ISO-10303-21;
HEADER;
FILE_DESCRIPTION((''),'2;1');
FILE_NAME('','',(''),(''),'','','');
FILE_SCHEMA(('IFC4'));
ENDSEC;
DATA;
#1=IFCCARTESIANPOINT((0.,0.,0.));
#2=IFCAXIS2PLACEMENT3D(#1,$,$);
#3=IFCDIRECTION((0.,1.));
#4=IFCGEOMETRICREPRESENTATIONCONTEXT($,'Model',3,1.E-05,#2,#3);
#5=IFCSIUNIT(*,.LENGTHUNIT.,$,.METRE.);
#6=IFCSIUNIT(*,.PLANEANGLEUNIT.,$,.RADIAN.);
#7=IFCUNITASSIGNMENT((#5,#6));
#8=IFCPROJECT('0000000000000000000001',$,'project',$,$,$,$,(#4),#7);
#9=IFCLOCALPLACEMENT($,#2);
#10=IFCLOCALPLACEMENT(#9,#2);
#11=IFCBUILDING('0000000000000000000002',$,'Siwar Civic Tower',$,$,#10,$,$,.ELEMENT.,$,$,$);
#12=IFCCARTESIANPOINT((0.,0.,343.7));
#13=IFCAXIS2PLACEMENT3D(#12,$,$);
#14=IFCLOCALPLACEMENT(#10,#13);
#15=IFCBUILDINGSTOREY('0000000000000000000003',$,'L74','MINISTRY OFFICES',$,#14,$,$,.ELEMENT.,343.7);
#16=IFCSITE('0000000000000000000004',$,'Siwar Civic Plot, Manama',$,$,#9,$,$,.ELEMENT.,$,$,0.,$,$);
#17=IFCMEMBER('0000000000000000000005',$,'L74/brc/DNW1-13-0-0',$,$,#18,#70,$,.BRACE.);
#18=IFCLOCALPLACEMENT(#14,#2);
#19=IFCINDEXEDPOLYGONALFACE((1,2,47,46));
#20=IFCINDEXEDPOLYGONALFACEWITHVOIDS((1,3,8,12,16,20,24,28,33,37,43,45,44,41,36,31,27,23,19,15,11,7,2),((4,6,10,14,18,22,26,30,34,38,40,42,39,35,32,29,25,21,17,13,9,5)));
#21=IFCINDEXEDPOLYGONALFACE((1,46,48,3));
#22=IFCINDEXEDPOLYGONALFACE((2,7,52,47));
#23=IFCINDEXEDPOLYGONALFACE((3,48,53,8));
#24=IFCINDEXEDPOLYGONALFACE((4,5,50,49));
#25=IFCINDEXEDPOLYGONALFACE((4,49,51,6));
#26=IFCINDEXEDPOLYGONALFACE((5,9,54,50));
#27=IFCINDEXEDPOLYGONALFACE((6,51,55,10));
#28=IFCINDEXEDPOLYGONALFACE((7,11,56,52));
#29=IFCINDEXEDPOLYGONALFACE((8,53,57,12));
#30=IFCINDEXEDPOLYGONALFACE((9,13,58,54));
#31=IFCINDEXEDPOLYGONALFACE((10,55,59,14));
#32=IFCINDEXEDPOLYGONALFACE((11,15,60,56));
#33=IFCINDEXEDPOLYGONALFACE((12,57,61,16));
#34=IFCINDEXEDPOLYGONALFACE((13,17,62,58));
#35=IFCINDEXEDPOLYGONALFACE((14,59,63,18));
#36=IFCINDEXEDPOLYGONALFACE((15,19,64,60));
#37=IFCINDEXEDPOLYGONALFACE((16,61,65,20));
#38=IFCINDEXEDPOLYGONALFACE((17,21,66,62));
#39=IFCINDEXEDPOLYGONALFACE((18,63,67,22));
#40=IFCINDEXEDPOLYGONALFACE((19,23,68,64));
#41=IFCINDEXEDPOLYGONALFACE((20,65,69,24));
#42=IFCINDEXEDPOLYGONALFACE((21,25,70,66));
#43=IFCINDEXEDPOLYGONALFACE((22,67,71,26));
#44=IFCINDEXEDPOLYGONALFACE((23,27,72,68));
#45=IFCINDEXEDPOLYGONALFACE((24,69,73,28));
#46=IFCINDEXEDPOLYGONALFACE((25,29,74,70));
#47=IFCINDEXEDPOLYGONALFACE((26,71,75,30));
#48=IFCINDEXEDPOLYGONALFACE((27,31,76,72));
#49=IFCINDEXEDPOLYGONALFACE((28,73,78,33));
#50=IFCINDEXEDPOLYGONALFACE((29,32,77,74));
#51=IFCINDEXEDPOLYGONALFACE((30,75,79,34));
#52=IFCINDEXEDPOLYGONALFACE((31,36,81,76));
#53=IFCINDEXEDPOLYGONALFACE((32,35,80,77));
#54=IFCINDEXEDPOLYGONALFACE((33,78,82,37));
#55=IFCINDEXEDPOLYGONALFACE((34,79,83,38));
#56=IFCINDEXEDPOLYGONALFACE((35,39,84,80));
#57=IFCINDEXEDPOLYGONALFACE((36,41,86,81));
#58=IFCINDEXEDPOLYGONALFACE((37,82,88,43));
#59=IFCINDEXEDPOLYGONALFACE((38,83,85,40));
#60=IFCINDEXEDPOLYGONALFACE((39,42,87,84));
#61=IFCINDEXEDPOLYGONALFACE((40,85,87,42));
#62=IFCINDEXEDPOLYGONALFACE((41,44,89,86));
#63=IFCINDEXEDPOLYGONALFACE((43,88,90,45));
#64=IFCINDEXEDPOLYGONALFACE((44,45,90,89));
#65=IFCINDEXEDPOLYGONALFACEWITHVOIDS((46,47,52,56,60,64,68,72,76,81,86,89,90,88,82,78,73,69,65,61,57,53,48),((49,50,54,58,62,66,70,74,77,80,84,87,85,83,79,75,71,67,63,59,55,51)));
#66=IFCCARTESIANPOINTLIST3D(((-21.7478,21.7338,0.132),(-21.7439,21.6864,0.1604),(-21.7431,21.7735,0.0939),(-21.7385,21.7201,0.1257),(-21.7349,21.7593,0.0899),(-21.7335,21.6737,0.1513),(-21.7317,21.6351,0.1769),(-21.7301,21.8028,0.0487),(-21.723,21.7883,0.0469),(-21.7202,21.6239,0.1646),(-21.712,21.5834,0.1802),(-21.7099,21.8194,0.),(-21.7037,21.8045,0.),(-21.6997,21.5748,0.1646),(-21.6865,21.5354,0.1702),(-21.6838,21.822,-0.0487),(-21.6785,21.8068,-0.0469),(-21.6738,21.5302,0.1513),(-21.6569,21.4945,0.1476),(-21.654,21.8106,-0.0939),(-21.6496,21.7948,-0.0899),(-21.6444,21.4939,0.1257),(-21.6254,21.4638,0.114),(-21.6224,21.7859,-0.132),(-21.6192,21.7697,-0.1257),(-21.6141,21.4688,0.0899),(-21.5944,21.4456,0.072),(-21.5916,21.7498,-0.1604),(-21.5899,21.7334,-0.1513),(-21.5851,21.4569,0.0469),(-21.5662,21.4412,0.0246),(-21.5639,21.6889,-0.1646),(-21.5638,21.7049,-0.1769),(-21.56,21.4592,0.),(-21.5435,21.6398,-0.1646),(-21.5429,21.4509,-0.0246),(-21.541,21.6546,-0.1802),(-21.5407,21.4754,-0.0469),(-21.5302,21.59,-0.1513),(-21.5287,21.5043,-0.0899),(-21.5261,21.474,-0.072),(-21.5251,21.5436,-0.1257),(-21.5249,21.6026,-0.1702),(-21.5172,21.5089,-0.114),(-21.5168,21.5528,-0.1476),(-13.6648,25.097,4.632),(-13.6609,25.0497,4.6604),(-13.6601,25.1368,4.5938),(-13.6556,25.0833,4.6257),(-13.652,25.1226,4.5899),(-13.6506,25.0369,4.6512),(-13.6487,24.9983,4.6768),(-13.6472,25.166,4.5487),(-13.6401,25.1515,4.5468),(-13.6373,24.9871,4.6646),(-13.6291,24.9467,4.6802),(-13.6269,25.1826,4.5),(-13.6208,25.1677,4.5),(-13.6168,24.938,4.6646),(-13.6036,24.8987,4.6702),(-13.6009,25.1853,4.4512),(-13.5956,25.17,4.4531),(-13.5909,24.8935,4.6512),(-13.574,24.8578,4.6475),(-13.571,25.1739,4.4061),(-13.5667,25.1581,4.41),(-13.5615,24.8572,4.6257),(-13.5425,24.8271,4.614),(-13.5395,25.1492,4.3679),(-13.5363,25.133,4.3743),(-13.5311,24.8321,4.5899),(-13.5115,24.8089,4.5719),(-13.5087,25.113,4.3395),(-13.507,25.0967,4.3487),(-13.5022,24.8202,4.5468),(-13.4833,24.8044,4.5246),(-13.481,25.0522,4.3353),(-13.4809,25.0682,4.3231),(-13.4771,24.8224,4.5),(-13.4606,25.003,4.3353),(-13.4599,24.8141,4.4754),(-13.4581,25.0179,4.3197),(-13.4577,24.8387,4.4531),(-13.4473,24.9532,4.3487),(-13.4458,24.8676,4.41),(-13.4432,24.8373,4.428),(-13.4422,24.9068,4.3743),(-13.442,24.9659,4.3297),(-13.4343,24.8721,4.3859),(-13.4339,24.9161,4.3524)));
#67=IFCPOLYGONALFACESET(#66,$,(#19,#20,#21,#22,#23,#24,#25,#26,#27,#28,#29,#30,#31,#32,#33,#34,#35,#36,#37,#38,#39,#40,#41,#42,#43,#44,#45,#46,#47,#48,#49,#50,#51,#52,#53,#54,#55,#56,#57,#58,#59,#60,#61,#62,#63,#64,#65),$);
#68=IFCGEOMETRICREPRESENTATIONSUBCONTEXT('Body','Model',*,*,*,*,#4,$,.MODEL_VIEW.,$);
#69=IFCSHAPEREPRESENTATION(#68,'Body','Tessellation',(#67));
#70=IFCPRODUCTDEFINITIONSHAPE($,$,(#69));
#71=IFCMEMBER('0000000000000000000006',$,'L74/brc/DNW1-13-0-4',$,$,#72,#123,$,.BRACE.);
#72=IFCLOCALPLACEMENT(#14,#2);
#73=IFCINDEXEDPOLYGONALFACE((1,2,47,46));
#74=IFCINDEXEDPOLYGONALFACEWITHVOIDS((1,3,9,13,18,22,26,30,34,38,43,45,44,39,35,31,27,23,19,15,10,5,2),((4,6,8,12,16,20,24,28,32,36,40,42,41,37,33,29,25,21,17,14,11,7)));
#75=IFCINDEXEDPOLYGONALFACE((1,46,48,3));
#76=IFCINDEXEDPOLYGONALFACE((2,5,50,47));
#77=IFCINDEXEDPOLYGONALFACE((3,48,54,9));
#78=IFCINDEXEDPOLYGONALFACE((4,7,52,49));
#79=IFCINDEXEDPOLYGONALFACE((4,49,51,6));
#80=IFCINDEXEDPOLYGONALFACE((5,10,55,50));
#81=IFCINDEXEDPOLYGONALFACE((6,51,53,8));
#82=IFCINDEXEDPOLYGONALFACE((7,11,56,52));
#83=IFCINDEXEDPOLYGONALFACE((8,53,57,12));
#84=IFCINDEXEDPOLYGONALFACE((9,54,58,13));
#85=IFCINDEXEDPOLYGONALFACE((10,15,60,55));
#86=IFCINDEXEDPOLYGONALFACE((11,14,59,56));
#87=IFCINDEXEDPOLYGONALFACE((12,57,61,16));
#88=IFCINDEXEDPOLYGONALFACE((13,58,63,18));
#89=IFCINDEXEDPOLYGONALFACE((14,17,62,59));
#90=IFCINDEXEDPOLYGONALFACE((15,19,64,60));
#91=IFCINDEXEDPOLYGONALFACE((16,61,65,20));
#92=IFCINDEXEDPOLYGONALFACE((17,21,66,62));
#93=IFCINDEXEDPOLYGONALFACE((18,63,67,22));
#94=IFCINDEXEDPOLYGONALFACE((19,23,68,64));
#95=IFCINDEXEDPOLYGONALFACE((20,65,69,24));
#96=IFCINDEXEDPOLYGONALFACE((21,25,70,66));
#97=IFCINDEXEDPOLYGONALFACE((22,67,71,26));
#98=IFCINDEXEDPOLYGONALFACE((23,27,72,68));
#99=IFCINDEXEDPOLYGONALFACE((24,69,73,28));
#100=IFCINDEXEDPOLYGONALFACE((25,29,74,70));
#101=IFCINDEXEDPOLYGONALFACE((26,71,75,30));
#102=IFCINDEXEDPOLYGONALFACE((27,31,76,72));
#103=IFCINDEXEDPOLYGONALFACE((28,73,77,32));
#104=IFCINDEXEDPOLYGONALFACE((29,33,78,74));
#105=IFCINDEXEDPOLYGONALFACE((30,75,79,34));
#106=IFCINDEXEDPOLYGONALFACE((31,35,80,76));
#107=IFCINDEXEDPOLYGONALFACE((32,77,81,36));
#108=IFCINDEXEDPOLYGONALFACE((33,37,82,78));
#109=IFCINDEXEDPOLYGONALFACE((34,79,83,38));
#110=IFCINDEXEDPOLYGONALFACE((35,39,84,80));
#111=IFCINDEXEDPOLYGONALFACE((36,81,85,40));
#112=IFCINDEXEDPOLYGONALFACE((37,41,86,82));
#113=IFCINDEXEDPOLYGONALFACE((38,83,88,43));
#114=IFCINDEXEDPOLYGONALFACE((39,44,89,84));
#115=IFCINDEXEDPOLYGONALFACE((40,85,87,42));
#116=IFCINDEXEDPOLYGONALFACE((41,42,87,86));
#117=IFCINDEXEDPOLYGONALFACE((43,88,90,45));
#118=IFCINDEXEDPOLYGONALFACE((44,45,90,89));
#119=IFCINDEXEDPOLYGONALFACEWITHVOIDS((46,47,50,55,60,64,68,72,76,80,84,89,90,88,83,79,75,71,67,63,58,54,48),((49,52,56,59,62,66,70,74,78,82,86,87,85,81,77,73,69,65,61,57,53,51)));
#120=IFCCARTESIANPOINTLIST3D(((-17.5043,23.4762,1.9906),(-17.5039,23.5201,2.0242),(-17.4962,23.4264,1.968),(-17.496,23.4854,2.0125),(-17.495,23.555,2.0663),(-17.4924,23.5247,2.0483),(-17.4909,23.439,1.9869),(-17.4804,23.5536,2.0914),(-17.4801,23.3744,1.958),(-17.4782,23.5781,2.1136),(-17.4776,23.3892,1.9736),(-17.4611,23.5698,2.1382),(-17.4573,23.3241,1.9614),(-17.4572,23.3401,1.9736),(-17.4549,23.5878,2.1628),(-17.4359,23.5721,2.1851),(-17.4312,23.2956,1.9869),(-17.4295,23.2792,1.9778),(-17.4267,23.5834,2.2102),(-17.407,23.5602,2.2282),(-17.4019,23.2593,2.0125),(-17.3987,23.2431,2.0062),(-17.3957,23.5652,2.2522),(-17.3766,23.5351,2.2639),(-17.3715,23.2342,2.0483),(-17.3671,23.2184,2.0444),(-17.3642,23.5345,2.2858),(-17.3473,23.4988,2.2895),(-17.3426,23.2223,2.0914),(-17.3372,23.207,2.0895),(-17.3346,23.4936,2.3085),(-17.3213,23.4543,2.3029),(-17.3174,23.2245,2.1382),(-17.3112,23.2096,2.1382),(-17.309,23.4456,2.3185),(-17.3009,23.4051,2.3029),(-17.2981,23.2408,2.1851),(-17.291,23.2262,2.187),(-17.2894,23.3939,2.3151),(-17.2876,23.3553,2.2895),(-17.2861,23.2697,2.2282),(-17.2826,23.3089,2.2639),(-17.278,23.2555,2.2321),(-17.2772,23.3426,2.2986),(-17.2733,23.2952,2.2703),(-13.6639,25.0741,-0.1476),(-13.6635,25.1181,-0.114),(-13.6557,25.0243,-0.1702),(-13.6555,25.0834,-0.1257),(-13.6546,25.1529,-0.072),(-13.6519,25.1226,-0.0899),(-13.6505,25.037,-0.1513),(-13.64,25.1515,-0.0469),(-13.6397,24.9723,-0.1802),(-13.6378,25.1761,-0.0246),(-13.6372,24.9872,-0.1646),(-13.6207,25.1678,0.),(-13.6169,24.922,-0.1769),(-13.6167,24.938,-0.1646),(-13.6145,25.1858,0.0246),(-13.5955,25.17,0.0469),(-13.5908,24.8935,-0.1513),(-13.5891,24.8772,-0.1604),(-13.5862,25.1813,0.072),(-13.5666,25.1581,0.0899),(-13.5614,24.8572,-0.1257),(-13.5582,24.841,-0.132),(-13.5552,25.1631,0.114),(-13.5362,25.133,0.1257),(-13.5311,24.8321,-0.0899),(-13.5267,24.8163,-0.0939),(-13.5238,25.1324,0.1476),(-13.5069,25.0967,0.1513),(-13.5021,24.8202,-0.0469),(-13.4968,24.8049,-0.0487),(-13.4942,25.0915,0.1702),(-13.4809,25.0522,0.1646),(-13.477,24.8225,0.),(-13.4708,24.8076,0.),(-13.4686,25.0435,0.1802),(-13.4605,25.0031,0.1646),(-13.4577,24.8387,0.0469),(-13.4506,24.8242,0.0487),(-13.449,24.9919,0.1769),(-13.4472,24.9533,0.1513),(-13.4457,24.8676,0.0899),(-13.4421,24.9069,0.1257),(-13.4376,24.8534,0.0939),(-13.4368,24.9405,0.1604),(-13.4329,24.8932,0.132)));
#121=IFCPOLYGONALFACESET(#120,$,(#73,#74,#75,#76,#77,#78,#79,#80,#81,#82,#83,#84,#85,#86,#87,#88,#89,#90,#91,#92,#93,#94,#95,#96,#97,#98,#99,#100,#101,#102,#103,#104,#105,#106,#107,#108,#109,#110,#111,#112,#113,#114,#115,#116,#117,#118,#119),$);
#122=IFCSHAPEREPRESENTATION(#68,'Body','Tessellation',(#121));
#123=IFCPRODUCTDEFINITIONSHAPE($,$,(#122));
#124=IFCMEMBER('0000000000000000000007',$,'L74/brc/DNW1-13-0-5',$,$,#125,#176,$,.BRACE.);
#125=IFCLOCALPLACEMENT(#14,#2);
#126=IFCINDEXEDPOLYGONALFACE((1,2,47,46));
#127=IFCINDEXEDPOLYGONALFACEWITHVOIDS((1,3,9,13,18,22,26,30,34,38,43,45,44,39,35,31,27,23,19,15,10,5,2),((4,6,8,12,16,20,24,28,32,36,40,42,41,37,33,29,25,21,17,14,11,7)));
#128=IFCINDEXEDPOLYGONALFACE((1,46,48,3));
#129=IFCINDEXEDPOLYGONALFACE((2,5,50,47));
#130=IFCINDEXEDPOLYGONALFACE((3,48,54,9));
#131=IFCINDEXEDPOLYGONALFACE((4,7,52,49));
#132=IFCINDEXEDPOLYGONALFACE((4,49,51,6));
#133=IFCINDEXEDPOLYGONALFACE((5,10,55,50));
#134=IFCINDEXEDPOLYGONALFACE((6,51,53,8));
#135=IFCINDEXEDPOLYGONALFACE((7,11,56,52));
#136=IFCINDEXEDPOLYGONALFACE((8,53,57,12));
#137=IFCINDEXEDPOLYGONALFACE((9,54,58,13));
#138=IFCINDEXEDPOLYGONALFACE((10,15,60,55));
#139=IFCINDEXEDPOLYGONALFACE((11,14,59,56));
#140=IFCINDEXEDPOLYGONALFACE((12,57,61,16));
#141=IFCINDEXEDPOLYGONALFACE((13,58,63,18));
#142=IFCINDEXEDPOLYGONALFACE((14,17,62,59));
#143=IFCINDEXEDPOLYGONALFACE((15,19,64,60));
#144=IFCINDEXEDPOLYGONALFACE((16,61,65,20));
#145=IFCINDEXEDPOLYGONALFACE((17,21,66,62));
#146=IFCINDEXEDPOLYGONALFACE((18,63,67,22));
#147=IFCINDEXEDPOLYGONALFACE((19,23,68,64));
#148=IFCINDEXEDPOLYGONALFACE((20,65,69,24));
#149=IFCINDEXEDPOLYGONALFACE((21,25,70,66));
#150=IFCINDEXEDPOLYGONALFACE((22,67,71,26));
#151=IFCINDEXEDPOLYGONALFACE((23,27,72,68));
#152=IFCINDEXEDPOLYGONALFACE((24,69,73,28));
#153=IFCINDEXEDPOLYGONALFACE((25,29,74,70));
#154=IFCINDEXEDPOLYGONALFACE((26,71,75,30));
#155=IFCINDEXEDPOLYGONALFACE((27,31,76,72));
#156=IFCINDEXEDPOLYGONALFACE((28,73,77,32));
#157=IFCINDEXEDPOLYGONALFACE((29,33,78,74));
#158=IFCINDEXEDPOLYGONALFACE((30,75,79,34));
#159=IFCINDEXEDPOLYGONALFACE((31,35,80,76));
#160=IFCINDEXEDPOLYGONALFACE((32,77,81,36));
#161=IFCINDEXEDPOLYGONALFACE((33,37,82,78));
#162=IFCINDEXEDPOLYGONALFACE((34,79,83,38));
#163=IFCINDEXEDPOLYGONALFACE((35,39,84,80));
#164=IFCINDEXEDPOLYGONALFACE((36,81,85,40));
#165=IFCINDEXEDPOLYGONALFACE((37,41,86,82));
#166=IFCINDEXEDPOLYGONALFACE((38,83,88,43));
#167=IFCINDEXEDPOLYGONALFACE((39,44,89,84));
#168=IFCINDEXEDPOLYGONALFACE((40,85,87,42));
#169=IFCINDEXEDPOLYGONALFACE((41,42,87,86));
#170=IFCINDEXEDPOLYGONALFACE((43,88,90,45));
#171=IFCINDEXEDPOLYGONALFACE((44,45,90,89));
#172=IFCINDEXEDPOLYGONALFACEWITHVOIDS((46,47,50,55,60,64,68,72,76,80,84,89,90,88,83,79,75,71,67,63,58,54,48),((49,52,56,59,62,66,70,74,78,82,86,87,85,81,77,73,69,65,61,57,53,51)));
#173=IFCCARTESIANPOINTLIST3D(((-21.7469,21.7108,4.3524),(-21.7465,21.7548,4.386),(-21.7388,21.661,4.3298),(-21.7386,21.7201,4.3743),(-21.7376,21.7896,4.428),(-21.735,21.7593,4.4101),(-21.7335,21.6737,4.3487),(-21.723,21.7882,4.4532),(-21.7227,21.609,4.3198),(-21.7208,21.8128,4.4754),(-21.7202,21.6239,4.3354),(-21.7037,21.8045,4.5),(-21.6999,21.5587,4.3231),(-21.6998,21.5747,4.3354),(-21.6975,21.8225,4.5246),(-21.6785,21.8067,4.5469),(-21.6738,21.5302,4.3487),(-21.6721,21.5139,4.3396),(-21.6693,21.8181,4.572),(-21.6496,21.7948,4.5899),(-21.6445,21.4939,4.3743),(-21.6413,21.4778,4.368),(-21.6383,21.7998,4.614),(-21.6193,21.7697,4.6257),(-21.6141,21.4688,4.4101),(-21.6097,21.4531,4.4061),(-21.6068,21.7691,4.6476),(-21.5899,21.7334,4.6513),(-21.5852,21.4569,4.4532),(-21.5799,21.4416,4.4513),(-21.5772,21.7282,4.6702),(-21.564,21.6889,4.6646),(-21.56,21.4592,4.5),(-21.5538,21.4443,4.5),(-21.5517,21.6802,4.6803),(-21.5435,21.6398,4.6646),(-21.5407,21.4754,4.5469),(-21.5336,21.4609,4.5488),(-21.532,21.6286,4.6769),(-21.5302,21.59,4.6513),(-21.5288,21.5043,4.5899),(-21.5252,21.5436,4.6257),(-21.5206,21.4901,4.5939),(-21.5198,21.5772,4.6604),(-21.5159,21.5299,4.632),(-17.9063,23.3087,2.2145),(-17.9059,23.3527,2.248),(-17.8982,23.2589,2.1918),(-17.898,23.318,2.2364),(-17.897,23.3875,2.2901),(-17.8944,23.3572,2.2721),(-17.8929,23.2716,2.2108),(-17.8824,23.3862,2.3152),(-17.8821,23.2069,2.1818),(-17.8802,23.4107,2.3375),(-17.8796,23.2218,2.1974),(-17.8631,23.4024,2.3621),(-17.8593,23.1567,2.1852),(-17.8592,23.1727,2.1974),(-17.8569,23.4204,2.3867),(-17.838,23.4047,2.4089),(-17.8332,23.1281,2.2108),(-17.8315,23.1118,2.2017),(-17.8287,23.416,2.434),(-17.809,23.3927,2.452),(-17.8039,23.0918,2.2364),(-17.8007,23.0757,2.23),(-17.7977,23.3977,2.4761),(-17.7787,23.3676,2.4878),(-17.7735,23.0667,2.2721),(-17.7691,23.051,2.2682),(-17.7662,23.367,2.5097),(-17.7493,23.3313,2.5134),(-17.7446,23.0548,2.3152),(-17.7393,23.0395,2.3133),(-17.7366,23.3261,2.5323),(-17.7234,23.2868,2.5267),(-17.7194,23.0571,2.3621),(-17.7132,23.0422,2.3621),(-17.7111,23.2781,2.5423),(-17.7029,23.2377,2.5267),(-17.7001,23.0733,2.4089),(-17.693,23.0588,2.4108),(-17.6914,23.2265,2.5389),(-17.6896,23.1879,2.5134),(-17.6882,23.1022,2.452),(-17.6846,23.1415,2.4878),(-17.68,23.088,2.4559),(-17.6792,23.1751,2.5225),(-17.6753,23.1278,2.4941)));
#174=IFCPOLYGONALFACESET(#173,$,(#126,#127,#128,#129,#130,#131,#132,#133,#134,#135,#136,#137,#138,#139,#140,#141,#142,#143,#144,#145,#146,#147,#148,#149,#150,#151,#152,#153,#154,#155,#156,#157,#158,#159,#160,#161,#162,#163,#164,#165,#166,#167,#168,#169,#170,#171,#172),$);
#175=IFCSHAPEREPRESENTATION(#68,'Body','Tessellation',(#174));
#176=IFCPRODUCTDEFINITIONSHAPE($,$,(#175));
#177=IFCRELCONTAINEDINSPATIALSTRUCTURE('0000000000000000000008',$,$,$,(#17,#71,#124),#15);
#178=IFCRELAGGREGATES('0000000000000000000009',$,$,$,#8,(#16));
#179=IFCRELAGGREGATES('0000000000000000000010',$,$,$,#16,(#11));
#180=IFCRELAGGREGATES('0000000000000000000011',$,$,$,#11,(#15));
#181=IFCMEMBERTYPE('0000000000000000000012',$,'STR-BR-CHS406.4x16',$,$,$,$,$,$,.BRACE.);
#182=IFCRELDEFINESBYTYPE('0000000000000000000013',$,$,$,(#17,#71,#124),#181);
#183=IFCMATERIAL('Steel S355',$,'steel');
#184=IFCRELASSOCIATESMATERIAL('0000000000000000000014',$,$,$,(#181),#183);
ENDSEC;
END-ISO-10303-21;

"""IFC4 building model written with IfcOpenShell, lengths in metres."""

from ifc_helpers import new_model, si_unit, direction, frame, origin, origin_2d, place, context, subcontext, project, spatial, hollow_circle, extrude, material, material_profile, profile_set, type_object, element, save


model = new_model("IFC4")

# Units and contexts
model_context = context("Model", 3, precision=1e-05, world=origin(), true_north=direction((0.0, 1.0)))
body_context = subcontext(model_context, "Body", "Model", "MODEL_VIEW")
ifc_project = project(units=[si_unit("LENGTHUNIT", "METRE"), si_unit("PLANEANGLEUNIT", "RADIAN")], contexts=[model_context])

# Site, building, storey
site_placement = place(None, origin())
site = spatial("IfcSite", under=ifc_project, at=site_placement, Name="Siwar Civic Plot, Manama", CompositionType="ELEMENT", RefElevation=0.0)
building_placement = place(site_placement, origin())
building = spatial("IfcBuilding", under=site, at=building_placement, Name="Siwar Civic Tower", CompositionType="ELEMENT")
storey_placement = place(building_placement, frame((0.0, 0.0, 343.7)))
storey = spatial("IfcBuildingStorey", under=building, at=storey_placement, Name="L74", Description="MINISTRY OFFICES", CompositionType="ELEMENT", Elevation=343.7)

# Members
ifc_material_1 = material(Name="Steel S355", Category="steel")
ifc_material_profile_1 = material_profile(ifc_material_1, hollow_circle(Radius=0.2031, WallThickness=0.0161, at=origin_2d()), Name="CHS406.4x16")
ifc_profile_set_1 = profile_set([ifc_material_profile_1], Name="Steel S355")
member_type_1 = type_object("IfcMemberType", Name="STR-BR-CHS406.4x16", PredefinedType="BRACE", material=ifc_profile_set_1)
member_1_placement = place(storey_placement, frame((-21.6318, 21.6318, 0.0), z_axis=(0.821143, 0.341671, 0.457149), x_axis=(-0.384164, 0.923265, 0.0)))
element("IfcMember", 1, at=member_1_placement, inside=storey, type_object=member_type_1, Name="L74/brc/DNW1-13-0-0", PredefinedType="BRACE", context=body_context, shape_type="SweptSolid", body=[
    extrude(hollow_circle(Radius=0.2031, WallThickness=0.0161, at=origin_2d()), origin(), (0.0, 0.0, 1.0), 9.8435),
])
for number, where, z_axis, x_axis, name in (
    (2, (-13.5488, 24.9951, 0.0), (-0.82113, -0.341659, 0.457181), (0.384157, -0.923268, 0.0), "L74/brc/DNW1-13-0-4"),
    (3, (-17.7913, 23.2297, 2.3621), (-0.821167, -0.341653, 0.45712), (0.384136, -0.923276, 0.0), "L74/brc/DNW1-13-0-5"),
):
    element("IfcMember", number, at=place(storey_placement, frame(where, z_axis=z_axis, x_axis=x_axis)), inside=storey, type_object=member_type_1, Name=name, PredefinedType="BRACE", context=body_context, shape_type="SweptSolid", body=[
        extrude(hollow_circle(Radius=0.2031, WallThickness=0.0161, at=origin_2d()), origin(), (0.0, 0.0, 1.0), 4.677),
    ])

save(model, "model.ifc")
